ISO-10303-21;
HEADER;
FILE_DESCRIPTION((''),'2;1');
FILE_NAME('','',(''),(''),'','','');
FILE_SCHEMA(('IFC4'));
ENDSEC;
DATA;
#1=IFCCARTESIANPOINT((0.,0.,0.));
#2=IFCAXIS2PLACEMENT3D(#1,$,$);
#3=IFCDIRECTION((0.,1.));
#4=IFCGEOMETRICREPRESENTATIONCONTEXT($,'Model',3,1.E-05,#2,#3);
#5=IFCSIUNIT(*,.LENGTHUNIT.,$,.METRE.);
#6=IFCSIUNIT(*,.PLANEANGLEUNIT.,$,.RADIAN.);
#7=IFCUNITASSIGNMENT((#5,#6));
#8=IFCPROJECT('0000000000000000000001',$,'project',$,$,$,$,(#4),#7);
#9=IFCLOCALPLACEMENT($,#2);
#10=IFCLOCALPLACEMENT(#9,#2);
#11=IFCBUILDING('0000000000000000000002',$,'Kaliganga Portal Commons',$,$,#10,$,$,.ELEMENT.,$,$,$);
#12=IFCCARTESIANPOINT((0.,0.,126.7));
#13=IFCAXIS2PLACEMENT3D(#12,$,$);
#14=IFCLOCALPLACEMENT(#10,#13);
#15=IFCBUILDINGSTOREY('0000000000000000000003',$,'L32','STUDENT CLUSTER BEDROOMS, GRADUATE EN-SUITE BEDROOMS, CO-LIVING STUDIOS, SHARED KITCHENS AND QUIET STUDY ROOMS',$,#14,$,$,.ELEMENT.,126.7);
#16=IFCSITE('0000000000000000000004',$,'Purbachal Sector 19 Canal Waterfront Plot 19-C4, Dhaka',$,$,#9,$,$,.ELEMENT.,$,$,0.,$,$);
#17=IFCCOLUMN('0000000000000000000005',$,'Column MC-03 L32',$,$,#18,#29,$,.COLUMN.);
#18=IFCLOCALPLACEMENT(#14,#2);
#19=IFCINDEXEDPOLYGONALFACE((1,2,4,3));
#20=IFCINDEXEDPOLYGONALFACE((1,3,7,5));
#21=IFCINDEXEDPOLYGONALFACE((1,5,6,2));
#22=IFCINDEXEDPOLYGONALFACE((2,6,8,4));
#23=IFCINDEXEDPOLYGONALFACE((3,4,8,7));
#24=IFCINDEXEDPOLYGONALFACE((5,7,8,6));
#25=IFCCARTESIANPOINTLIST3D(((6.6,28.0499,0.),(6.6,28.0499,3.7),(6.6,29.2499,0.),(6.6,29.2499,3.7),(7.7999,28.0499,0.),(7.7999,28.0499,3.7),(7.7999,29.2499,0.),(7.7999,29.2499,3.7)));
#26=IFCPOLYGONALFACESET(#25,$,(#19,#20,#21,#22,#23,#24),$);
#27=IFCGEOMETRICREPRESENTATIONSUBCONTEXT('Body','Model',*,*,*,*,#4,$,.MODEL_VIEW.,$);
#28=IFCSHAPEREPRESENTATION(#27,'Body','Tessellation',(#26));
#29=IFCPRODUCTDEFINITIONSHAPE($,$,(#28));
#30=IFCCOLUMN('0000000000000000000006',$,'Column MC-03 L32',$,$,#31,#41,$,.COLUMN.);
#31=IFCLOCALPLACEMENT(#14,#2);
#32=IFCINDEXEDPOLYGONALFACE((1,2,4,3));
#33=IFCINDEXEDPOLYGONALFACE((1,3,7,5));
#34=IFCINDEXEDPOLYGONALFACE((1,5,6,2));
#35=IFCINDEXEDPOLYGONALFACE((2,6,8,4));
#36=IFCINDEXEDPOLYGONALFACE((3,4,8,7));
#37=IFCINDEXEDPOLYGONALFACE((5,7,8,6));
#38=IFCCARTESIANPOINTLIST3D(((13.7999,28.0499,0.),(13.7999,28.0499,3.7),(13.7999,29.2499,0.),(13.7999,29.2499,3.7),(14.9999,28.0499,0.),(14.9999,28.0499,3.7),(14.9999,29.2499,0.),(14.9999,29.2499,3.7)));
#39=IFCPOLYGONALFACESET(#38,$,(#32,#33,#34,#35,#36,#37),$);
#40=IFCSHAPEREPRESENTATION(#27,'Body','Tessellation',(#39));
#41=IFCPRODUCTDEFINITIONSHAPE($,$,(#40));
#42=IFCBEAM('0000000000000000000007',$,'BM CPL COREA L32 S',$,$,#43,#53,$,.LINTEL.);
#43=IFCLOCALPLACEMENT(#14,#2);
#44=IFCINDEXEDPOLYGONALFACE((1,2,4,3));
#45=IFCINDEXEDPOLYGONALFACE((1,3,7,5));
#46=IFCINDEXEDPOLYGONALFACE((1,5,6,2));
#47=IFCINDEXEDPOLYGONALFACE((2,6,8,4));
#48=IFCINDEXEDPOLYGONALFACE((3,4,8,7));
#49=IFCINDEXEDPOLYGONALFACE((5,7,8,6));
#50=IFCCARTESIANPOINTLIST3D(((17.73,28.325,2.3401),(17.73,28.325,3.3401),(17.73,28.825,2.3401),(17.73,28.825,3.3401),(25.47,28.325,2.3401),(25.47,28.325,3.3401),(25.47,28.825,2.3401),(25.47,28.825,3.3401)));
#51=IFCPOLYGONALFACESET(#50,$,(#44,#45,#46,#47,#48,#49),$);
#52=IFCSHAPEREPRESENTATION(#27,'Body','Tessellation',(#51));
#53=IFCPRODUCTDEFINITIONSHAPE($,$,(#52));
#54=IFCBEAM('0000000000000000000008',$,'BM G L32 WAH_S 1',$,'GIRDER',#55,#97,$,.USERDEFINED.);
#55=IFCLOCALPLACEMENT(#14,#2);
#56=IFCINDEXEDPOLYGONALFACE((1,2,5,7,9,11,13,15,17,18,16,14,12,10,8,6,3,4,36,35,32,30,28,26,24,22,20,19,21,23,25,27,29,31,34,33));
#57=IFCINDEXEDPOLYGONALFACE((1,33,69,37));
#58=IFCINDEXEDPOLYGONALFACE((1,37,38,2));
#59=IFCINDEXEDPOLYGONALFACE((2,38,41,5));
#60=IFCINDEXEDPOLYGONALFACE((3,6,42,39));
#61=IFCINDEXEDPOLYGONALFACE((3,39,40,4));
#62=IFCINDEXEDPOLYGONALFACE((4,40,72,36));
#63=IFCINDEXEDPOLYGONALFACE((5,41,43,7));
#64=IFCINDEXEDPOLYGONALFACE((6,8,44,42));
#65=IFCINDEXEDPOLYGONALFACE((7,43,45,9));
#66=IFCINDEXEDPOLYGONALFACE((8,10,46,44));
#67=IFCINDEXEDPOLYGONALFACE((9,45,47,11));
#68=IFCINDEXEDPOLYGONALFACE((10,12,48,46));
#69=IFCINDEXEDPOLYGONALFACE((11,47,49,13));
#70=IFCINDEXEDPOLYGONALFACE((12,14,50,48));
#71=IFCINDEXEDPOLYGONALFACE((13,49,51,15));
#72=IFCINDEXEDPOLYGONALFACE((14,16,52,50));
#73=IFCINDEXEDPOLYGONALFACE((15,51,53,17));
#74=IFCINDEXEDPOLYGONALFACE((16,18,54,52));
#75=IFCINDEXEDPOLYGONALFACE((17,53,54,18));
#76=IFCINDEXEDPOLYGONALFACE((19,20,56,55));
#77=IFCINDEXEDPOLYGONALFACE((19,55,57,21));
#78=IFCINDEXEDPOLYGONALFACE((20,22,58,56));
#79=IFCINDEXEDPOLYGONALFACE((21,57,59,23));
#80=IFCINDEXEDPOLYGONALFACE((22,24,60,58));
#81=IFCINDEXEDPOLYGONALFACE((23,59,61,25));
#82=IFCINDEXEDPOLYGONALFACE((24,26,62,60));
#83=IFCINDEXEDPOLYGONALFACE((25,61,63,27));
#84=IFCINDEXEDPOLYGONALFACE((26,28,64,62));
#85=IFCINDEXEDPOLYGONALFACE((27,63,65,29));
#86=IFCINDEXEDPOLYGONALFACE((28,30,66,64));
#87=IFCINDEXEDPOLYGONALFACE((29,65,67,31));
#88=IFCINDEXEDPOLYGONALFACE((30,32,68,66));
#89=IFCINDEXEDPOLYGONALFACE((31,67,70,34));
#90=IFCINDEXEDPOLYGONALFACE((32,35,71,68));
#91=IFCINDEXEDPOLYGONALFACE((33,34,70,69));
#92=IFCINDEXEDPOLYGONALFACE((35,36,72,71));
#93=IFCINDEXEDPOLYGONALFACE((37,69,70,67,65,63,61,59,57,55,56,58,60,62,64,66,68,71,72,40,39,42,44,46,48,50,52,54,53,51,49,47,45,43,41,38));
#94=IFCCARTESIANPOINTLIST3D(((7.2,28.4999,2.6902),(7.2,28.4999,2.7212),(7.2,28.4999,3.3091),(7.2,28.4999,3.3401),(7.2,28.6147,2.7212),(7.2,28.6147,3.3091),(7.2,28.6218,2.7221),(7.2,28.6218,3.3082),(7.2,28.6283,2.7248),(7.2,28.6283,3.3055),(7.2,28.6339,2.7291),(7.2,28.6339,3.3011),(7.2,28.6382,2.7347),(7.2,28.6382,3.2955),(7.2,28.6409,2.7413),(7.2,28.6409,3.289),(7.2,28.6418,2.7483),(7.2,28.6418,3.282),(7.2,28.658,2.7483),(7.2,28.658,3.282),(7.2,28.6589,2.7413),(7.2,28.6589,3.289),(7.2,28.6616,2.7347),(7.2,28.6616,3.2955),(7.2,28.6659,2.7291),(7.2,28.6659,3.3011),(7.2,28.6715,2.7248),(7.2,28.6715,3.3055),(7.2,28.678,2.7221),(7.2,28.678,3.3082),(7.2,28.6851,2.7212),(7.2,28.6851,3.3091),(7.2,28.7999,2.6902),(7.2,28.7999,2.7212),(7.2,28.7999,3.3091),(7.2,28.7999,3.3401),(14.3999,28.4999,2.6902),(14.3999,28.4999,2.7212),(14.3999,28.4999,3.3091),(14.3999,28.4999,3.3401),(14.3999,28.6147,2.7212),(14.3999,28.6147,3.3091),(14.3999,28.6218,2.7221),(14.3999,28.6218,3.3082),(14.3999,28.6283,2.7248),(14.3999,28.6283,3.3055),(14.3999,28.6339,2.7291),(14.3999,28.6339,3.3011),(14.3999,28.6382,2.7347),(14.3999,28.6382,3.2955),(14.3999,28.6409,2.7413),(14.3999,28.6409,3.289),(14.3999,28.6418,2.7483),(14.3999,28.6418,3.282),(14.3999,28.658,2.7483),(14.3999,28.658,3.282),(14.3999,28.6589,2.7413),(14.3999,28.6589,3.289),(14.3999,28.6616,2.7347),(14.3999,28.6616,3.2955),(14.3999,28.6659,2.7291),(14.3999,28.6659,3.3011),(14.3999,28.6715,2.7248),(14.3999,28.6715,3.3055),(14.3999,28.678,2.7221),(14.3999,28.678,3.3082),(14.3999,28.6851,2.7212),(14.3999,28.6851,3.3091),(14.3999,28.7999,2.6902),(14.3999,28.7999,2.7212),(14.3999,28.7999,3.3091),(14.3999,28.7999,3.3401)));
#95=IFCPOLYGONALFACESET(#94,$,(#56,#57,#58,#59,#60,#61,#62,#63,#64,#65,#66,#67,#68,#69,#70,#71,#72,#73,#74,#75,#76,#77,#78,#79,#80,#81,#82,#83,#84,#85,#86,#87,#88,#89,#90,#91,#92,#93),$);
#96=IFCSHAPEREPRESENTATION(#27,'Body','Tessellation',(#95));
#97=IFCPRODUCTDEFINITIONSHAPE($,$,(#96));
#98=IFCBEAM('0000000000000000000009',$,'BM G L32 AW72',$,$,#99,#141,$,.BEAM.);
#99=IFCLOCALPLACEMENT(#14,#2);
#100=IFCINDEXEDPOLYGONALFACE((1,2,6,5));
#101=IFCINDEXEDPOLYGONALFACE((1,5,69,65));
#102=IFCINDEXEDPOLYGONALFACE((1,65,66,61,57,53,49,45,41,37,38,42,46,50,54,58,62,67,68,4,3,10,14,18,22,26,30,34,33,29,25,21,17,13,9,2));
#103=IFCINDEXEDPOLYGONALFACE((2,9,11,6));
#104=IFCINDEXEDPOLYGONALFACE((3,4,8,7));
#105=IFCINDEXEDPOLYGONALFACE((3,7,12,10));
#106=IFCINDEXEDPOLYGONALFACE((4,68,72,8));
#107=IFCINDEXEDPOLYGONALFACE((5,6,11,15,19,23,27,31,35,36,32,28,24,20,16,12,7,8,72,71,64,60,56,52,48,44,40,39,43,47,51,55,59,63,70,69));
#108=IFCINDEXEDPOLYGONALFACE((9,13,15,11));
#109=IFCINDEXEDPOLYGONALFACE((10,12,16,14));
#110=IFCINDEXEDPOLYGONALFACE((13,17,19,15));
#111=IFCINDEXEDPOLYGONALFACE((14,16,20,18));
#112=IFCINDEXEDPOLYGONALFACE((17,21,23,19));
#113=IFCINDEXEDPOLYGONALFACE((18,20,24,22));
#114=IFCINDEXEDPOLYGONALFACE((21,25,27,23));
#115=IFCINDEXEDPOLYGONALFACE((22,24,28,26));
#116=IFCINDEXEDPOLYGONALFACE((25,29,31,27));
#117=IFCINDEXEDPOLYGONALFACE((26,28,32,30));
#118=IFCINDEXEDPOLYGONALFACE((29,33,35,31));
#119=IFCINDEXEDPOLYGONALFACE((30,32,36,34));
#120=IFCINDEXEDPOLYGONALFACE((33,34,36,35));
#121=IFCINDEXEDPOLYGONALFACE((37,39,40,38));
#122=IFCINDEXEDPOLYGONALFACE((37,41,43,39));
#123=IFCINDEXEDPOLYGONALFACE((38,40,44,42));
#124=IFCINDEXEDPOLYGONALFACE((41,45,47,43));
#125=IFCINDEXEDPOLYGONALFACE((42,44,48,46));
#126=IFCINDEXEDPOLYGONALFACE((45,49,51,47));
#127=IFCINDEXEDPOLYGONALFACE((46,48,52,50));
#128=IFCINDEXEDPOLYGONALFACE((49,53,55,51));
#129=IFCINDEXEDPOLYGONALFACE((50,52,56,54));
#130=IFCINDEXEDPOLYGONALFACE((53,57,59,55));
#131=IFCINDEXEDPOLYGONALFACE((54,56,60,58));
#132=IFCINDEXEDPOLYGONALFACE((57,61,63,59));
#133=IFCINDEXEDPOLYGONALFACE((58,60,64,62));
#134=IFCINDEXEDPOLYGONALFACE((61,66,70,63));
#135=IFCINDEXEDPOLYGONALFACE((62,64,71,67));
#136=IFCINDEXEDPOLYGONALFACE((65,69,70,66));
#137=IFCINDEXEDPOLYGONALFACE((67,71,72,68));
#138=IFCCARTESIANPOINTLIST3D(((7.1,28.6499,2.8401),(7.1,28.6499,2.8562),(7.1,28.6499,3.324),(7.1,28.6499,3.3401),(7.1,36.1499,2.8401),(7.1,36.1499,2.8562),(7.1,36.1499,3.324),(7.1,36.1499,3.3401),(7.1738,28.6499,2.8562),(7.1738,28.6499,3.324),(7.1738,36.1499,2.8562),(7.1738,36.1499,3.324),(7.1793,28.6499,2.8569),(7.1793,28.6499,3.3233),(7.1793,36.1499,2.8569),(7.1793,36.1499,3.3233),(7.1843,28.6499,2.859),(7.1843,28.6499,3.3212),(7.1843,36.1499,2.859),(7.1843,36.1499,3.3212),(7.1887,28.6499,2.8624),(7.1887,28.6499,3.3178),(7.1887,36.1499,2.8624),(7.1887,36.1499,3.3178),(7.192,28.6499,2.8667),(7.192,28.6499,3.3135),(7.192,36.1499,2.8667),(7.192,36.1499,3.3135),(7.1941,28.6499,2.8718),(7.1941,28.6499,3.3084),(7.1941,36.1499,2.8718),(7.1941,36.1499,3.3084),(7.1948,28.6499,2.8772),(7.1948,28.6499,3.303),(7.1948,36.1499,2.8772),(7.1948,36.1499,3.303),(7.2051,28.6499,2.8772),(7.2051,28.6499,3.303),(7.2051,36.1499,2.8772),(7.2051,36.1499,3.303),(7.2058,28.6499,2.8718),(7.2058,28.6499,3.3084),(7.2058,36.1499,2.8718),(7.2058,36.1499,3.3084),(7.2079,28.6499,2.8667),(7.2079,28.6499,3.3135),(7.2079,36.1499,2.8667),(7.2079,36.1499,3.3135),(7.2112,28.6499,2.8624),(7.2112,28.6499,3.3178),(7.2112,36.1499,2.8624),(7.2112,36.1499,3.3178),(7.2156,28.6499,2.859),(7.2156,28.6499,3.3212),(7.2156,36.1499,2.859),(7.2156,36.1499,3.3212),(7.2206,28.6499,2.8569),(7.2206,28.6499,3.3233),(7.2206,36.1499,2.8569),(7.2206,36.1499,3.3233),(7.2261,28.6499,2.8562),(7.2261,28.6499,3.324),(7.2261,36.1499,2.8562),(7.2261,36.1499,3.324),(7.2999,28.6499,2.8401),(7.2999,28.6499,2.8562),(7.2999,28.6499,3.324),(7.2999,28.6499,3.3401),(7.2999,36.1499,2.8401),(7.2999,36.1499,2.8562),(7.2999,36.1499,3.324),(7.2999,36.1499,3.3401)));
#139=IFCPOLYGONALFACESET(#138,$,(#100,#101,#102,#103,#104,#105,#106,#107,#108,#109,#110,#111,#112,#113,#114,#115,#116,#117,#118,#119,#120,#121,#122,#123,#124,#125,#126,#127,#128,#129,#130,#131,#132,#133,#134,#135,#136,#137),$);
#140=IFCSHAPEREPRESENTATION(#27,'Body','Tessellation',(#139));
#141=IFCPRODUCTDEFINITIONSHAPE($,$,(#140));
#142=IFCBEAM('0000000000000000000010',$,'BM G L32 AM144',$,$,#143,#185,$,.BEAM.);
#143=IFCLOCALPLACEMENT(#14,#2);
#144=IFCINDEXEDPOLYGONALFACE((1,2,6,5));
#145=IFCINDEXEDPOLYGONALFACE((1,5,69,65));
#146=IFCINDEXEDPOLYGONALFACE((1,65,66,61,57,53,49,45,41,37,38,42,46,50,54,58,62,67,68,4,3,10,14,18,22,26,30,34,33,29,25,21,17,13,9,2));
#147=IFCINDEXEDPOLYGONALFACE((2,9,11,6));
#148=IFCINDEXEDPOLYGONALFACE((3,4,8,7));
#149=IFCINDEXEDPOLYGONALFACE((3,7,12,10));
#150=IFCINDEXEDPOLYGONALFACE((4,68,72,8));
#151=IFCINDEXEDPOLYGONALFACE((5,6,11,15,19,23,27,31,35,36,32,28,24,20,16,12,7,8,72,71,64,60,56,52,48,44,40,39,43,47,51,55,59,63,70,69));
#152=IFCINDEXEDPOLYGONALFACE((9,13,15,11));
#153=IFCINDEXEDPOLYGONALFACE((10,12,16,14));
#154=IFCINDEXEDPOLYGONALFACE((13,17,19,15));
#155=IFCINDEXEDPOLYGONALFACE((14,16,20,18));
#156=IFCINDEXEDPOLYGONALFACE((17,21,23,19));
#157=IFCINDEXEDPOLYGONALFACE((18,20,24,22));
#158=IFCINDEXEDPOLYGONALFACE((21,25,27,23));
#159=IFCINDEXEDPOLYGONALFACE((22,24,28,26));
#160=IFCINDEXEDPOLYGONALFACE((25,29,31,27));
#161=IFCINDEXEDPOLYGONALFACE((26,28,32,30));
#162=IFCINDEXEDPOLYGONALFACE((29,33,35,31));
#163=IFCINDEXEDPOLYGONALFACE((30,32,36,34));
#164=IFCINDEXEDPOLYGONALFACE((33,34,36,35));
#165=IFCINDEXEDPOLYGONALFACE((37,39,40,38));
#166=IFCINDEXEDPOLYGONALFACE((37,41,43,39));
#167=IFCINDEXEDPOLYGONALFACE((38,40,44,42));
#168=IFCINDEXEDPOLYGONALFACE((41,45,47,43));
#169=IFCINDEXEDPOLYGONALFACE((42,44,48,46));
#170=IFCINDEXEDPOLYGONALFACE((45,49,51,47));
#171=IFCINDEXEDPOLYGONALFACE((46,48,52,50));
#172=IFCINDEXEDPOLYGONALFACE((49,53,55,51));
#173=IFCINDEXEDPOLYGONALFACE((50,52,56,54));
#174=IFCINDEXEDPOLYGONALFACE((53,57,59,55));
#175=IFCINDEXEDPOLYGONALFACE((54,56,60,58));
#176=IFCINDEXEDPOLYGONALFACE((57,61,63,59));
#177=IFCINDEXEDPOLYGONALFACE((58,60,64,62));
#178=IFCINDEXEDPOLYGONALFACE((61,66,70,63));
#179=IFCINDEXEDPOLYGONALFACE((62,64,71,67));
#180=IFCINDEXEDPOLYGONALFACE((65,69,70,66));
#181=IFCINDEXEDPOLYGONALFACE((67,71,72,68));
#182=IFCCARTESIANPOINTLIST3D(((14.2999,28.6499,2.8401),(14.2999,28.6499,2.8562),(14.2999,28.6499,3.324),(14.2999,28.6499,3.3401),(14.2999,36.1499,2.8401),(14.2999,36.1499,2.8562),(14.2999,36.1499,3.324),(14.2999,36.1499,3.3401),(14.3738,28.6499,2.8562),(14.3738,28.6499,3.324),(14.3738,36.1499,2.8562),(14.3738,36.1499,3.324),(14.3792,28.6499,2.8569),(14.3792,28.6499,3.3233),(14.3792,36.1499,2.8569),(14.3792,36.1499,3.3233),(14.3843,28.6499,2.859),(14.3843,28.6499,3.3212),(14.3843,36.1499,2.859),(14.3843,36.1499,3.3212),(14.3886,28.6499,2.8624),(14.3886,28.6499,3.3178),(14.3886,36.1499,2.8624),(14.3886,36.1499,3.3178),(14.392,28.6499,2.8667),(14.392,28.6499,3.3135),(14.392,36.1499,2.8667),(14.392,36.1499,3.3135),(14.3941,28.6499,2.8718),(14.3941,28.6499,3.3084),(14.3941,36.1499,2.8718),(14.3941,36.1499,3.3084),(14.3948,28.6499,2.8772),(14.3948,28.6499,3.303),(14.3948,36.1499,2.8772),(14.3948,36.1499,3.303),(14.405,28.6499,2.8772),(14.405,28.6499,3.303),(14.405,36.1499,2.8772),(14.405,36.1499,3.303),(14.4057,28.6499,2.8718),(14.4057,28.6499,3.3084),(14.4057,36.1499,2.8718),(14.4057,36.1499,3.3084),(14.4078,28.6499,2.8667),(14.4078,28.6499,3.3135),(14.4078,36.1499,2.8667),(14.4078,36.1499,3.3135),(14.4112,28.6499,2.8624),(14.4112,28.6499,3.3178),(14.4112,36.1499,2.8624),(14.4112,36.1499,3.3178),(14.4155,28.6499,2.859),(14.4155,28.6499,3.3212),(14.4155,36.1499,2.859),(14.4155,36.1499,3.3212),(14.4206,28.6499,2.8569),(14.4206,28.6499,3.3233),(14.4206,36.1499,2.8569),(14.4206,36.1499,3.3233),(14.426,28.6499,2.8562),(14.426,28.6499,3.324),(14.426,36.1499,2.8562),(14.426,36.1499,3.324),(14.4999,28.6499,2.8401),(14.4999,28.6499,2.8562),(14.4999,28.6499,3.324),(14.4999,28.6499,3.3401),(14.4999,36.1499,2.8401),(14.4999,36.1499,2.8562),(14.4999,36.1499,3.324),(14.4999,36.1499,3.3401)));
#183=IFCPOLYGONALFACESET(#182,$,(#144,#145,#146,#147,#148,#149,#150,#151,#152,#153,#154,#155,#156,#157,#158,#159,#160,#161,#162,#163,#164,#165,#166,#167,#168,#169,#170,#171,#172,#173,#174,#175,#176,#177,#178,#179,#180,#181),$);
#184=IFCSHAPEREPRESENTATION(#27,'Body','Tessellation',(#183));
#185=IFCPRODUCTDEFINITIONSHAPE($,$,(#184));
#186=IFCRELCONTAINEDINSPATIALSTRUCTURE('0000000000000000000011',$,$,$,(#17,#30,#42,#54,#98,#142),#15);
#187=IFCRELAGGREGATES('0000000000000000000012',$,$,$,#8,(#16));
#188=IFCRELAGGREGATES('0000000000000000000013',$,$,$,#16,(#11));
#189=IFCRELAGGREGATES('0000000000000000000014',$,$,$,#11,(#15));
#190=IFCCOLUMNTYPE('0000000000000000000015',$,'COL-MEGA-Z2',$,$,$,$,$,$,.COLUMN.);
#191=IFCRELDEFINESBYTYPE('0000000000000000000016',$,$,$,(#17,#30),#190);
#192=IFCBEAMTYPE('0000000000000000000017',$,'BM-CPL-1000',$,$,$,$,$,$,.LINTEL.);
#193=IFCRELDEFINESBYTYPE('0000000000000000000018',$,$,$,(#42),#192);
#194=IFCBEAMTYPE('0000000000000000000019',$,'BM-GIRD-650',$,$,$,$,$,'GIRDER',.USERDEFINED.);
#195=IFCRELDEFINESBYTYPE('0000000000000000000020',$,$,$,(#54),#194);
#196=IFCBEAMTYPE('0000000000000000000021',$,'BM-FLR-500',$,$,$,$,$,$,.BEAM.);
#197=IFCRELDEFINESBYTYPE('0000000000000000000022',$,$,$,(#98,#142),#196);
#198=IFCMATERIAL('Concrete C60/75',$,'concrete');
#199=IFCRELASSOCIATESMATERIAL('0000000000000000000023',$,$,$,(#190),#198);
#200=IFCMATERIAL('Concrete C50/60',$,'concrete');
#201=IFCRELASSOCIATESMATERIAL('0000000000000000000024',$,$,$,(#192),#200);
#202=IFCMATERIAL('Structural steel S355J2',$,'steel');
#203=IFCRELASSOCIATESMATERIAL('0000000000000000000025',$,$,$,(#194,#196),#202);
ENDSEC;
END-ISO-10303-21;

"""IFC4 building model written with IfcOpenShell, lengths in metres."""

from ifc_helpers import new_model, si_unit, direction, frame, origin, origin_2d, place, context, subcontext, project, spatial, rectangle, i_section, extrude, source, transform, mapped, material, material_profile, profile_set, type_object, element, save


model = new_model("IFC4")

# Units and contexts
model_context = context("Model", 3, precision=1e-05, world=origin(), true_north=direction((0.0, 1.0)))
body_context = subcontext(model_context, "Body", "Model", "MODEL_VIEW")
ifc_project = project(units=[si_unit("LENGTHUNIT", "METRE"), si_unit("PLANEANGLEUNIT", "RADIAN")], contexts=[model_context])

# Site, building, storey
site_placement = place(None, origin())
site = spatial("IfcSite", under=ifc_project, at=site_placement, Name="Purbachal Sector 19 Canal Waterfront Plot 19-C4, Dhaka", CompositionType="ELEMENT", RefElevation=0.0)
building_placement = place(site_placement, origin())
building = spatial("IfcBuilding", under=site, at=building_placement, Name="Kaliganga Portal Commons", CompositionType="ELEMENT")
storey_placement = place(building_placement, frame((0.0, 0.0, 126.7)))
storey = spatial("IfcBuildingStorey", under=building, at=storey_placement, Name="L32", Description="STUDENT CLUSTER BEDROOMS, GRADUATE EN-SUITE BEDROOMS, CO-LIVING STUDIOS, SHARED KITCHENS AND QUIET STUDY ROOMS", CompositionType="ELEMENT", Elevation=126.7)

# Columns
ifc_material_1 = material(Name="Concrete C60/75", Category="concrete")
ifc_material_profile_1 = material_profile(ifc_material_1, rectangle(XDim=1.2, YDim=1.2, at=origin_2d()), Name="RC 1200x1200")
ifc_profile_set_1 = profile_set([ifc_material_profile_1], Name="Concrete C60/75")
column_type = type_object("IfcColumnType", Name="COL-MEGA-Z2", PredefinedType="COLUMN", material=ifc_profile_set_1)
shared_shape_1 = source(origin(), body_context, "Body", "SweptSolid", [
    extrude(rectangle(XDim=1.2, YDim=1.2, at=origin_2d()), origin(), (0.0, 0.0, 1.0), 3.7),
])
for number, where, z_axis, x_axis, name in (
    (1, (7.2, 28.6499, 0.0), (0.0, 0.0, 1.0), (1.0, 0.0, 0.0), "Column MC-03 L32"),
    (2, (14.3999, 28.6499, 0.0), (0.0, 0.0, 1.0), (1.0, 0.0, 0.0), "Column MC-03 L32"),
):
    element("IfcColumn", number, at=place(storey_placement, frame(where, z_axis=z_axis, x_axis=x_axis)), inside=storey, type_object=column_type, Name=name, PredefinedType="COLUMN", context=body_context, shape_type="MappedRepresentation", body=[
        mapped(shared_shape_1, transform((0.0, 0.0, 0.0), x_axis=(1.0, 0.0, 0.0), y_axis=(0.0, 1.0, 0.0), z_axis=(0.0, 0.0, 1.0), scale=1.0)),
    ])

# Beams
ifc_material_2 = material(Name="Concrete C50/60", Category="concrete")
ifc_material_profile_2 = material_profile(ifc_material_2, rectangle(XDim=0.5, YDim=1.0, at=origin_2d()), Name="RC 500x1000")
ifc_profile_set_2 = profile_set([ifc_material_profile_2], Name="Concrete C50/60")
beam_type_1 = type_object("IfcBeamType", Name="BM-CPL-1000", PredefinedType="LINTEL", material=ifc_profile_set_2)
shared_shape_2 = source(origin(), body_context, "Body", "SweptSolid", [
    extrude(rectangle(XDim=0.5, YDim=1.0, at=origin_2d()), origin(), (0.0, 0.0, 1.0), 7.74),
])
beam_1_placement = place(storey_placement, frame((17.73, 28.575, 2.8401), z_axis=(1.0, 0.0, 0.0), x_axis=(0.0, 1.0, 0.0)))
element("IfcBeam", 3, at=beam_1_placement, inside=storey, type_object=beam_type_1, Name="BM CPL COREA L32 S", PredefinedType="LINTEL", context=body_context, shape_type="MappedRepresentation", body=[
    mapped(shared_shape_2, transform((0.0, 0.0, 0.0), x_axis=(1.0, 0.0, 0.0), y_axis=(0.0, 1.0, 0.0), z_axis=(0.0, 0.0, 1.0), scale=1.0)),
])
ifc_material_3 = material(Name="Structural steel S355J2", Category="steel")
ifc_material_profile_3 = material_profile(ifc_material_3, i_section(OverallWidth=0.3, OverallDepth=0.6499, WebThickness=0.0161, FlangeThickness=0.031, FilletRadius=0.0271, at=origin_2d()), Name="HE 650 B")
ifc_profile_set_3 = profile_set([ifc_material_profile_3], Name="Structural steel S355J2 wide-flange")
beam_type_2 = type_object("IfcBeamType", Name="BM-GIRD-650", ElementType="GIRDER", PredefinedType="USERDEFINED", material=ifc_profile_set_3)
shared_shape_3 = source(origin(), body_context, "Body", "SweptSolid", [
    extrude(i_section(OverallWidth=0.3, OverallDepth=0.6499, WebThickness=0.0161, FlangeThickness=0.031, FilletRadius=0.0271, at=origin_2d()), origin(), (0.0, 0.0, 1.0), 7.2),
])
beam_2_placement = place(storey_placement, frame((7.2, 28.6499, 3.0151), z_axis=(1.0, 0.0, 0.0), x_axis=(0.0, 1.0, 0.0)))
element("IfcBeam", 4, at=beam_2_placement, inside=storey, type_object=beam_type_2, Name="BM G L32 WAH_S 1", ObjectType="GIRDER", PredefinedType="USERDEFINED", context=body_context, shape_type="MappedRepresentation", body=[
    mapped(shared_shape_3, transform((0.0, 0.0, 0.0), x_axis=(1.0, 0.0, 0.0), y_axis=(0.0, 1.0, 0.0), z_axis=(0.0, 0.0, 1.0), scale=1.0)),
])
ifc_material_profile_4 = material_profile(ifc_material_3, i_section(OverallWidth=0.2, OverallDepth=0.5, WebThickness=0.0103, FlangeThickness=0.0161, FilletRadius=0.021, at=origin_2d()), Name="IPE 500")
ifc_profile_set_4 = profile_set([ifc_material_profile_4], Name="Structural steel S355J2 wide-flange")
beam_type_3 = type_object("IfcBeamType", Name="BM-FLR-500", PredefinedType="BEAM", material=ifc_profile_set_4)
shared_shape_4 = source(origin(), body_context, "Body", "SweptSolid", [
    extrude(i_section(OverallWidth=0.2, OverallDepth=0.5, WebThickness=0.0103, FlangeThickness=0.0161, FilletRadius=0.021, at=origin_2d()), origin(), (0.0, 0.0, 1.0), 7.5),
])
for number, where, z_axis, x_axis, name in (
    (5, (7.2, 28.6499, 3.0901), (0.0, 1.0, 0.0), (-1.0, 0.0, 0.0), "BM G L32 AW72"),
    (6, (14.3999, 28.6499, 3.0901), (0.0, 1.0, 0.0), (-1.0, 0.0, 0.0), "BM G L32 AM144"),
):
    element("IfcBeam", number, at=place(storey_placement, frame(where, z_axis=z_axis, x_axis=x_axis)), inside=storey, type_object=beam_type_3, Name=name, PredefinedType="BEAM", context=body_context, shape_type="MappedRepresentation", body=[
        mapped(shared_shape_4, transform((0.0, 0.0, 0.0), x_axis=(1.0, 0.0, 0.0), y_axis=(0.0, 1.0, 0.0), z_axis=(0.0, 0.0, 1.0), scale=1.0)),
    ])

save(model, "model.ifc")
